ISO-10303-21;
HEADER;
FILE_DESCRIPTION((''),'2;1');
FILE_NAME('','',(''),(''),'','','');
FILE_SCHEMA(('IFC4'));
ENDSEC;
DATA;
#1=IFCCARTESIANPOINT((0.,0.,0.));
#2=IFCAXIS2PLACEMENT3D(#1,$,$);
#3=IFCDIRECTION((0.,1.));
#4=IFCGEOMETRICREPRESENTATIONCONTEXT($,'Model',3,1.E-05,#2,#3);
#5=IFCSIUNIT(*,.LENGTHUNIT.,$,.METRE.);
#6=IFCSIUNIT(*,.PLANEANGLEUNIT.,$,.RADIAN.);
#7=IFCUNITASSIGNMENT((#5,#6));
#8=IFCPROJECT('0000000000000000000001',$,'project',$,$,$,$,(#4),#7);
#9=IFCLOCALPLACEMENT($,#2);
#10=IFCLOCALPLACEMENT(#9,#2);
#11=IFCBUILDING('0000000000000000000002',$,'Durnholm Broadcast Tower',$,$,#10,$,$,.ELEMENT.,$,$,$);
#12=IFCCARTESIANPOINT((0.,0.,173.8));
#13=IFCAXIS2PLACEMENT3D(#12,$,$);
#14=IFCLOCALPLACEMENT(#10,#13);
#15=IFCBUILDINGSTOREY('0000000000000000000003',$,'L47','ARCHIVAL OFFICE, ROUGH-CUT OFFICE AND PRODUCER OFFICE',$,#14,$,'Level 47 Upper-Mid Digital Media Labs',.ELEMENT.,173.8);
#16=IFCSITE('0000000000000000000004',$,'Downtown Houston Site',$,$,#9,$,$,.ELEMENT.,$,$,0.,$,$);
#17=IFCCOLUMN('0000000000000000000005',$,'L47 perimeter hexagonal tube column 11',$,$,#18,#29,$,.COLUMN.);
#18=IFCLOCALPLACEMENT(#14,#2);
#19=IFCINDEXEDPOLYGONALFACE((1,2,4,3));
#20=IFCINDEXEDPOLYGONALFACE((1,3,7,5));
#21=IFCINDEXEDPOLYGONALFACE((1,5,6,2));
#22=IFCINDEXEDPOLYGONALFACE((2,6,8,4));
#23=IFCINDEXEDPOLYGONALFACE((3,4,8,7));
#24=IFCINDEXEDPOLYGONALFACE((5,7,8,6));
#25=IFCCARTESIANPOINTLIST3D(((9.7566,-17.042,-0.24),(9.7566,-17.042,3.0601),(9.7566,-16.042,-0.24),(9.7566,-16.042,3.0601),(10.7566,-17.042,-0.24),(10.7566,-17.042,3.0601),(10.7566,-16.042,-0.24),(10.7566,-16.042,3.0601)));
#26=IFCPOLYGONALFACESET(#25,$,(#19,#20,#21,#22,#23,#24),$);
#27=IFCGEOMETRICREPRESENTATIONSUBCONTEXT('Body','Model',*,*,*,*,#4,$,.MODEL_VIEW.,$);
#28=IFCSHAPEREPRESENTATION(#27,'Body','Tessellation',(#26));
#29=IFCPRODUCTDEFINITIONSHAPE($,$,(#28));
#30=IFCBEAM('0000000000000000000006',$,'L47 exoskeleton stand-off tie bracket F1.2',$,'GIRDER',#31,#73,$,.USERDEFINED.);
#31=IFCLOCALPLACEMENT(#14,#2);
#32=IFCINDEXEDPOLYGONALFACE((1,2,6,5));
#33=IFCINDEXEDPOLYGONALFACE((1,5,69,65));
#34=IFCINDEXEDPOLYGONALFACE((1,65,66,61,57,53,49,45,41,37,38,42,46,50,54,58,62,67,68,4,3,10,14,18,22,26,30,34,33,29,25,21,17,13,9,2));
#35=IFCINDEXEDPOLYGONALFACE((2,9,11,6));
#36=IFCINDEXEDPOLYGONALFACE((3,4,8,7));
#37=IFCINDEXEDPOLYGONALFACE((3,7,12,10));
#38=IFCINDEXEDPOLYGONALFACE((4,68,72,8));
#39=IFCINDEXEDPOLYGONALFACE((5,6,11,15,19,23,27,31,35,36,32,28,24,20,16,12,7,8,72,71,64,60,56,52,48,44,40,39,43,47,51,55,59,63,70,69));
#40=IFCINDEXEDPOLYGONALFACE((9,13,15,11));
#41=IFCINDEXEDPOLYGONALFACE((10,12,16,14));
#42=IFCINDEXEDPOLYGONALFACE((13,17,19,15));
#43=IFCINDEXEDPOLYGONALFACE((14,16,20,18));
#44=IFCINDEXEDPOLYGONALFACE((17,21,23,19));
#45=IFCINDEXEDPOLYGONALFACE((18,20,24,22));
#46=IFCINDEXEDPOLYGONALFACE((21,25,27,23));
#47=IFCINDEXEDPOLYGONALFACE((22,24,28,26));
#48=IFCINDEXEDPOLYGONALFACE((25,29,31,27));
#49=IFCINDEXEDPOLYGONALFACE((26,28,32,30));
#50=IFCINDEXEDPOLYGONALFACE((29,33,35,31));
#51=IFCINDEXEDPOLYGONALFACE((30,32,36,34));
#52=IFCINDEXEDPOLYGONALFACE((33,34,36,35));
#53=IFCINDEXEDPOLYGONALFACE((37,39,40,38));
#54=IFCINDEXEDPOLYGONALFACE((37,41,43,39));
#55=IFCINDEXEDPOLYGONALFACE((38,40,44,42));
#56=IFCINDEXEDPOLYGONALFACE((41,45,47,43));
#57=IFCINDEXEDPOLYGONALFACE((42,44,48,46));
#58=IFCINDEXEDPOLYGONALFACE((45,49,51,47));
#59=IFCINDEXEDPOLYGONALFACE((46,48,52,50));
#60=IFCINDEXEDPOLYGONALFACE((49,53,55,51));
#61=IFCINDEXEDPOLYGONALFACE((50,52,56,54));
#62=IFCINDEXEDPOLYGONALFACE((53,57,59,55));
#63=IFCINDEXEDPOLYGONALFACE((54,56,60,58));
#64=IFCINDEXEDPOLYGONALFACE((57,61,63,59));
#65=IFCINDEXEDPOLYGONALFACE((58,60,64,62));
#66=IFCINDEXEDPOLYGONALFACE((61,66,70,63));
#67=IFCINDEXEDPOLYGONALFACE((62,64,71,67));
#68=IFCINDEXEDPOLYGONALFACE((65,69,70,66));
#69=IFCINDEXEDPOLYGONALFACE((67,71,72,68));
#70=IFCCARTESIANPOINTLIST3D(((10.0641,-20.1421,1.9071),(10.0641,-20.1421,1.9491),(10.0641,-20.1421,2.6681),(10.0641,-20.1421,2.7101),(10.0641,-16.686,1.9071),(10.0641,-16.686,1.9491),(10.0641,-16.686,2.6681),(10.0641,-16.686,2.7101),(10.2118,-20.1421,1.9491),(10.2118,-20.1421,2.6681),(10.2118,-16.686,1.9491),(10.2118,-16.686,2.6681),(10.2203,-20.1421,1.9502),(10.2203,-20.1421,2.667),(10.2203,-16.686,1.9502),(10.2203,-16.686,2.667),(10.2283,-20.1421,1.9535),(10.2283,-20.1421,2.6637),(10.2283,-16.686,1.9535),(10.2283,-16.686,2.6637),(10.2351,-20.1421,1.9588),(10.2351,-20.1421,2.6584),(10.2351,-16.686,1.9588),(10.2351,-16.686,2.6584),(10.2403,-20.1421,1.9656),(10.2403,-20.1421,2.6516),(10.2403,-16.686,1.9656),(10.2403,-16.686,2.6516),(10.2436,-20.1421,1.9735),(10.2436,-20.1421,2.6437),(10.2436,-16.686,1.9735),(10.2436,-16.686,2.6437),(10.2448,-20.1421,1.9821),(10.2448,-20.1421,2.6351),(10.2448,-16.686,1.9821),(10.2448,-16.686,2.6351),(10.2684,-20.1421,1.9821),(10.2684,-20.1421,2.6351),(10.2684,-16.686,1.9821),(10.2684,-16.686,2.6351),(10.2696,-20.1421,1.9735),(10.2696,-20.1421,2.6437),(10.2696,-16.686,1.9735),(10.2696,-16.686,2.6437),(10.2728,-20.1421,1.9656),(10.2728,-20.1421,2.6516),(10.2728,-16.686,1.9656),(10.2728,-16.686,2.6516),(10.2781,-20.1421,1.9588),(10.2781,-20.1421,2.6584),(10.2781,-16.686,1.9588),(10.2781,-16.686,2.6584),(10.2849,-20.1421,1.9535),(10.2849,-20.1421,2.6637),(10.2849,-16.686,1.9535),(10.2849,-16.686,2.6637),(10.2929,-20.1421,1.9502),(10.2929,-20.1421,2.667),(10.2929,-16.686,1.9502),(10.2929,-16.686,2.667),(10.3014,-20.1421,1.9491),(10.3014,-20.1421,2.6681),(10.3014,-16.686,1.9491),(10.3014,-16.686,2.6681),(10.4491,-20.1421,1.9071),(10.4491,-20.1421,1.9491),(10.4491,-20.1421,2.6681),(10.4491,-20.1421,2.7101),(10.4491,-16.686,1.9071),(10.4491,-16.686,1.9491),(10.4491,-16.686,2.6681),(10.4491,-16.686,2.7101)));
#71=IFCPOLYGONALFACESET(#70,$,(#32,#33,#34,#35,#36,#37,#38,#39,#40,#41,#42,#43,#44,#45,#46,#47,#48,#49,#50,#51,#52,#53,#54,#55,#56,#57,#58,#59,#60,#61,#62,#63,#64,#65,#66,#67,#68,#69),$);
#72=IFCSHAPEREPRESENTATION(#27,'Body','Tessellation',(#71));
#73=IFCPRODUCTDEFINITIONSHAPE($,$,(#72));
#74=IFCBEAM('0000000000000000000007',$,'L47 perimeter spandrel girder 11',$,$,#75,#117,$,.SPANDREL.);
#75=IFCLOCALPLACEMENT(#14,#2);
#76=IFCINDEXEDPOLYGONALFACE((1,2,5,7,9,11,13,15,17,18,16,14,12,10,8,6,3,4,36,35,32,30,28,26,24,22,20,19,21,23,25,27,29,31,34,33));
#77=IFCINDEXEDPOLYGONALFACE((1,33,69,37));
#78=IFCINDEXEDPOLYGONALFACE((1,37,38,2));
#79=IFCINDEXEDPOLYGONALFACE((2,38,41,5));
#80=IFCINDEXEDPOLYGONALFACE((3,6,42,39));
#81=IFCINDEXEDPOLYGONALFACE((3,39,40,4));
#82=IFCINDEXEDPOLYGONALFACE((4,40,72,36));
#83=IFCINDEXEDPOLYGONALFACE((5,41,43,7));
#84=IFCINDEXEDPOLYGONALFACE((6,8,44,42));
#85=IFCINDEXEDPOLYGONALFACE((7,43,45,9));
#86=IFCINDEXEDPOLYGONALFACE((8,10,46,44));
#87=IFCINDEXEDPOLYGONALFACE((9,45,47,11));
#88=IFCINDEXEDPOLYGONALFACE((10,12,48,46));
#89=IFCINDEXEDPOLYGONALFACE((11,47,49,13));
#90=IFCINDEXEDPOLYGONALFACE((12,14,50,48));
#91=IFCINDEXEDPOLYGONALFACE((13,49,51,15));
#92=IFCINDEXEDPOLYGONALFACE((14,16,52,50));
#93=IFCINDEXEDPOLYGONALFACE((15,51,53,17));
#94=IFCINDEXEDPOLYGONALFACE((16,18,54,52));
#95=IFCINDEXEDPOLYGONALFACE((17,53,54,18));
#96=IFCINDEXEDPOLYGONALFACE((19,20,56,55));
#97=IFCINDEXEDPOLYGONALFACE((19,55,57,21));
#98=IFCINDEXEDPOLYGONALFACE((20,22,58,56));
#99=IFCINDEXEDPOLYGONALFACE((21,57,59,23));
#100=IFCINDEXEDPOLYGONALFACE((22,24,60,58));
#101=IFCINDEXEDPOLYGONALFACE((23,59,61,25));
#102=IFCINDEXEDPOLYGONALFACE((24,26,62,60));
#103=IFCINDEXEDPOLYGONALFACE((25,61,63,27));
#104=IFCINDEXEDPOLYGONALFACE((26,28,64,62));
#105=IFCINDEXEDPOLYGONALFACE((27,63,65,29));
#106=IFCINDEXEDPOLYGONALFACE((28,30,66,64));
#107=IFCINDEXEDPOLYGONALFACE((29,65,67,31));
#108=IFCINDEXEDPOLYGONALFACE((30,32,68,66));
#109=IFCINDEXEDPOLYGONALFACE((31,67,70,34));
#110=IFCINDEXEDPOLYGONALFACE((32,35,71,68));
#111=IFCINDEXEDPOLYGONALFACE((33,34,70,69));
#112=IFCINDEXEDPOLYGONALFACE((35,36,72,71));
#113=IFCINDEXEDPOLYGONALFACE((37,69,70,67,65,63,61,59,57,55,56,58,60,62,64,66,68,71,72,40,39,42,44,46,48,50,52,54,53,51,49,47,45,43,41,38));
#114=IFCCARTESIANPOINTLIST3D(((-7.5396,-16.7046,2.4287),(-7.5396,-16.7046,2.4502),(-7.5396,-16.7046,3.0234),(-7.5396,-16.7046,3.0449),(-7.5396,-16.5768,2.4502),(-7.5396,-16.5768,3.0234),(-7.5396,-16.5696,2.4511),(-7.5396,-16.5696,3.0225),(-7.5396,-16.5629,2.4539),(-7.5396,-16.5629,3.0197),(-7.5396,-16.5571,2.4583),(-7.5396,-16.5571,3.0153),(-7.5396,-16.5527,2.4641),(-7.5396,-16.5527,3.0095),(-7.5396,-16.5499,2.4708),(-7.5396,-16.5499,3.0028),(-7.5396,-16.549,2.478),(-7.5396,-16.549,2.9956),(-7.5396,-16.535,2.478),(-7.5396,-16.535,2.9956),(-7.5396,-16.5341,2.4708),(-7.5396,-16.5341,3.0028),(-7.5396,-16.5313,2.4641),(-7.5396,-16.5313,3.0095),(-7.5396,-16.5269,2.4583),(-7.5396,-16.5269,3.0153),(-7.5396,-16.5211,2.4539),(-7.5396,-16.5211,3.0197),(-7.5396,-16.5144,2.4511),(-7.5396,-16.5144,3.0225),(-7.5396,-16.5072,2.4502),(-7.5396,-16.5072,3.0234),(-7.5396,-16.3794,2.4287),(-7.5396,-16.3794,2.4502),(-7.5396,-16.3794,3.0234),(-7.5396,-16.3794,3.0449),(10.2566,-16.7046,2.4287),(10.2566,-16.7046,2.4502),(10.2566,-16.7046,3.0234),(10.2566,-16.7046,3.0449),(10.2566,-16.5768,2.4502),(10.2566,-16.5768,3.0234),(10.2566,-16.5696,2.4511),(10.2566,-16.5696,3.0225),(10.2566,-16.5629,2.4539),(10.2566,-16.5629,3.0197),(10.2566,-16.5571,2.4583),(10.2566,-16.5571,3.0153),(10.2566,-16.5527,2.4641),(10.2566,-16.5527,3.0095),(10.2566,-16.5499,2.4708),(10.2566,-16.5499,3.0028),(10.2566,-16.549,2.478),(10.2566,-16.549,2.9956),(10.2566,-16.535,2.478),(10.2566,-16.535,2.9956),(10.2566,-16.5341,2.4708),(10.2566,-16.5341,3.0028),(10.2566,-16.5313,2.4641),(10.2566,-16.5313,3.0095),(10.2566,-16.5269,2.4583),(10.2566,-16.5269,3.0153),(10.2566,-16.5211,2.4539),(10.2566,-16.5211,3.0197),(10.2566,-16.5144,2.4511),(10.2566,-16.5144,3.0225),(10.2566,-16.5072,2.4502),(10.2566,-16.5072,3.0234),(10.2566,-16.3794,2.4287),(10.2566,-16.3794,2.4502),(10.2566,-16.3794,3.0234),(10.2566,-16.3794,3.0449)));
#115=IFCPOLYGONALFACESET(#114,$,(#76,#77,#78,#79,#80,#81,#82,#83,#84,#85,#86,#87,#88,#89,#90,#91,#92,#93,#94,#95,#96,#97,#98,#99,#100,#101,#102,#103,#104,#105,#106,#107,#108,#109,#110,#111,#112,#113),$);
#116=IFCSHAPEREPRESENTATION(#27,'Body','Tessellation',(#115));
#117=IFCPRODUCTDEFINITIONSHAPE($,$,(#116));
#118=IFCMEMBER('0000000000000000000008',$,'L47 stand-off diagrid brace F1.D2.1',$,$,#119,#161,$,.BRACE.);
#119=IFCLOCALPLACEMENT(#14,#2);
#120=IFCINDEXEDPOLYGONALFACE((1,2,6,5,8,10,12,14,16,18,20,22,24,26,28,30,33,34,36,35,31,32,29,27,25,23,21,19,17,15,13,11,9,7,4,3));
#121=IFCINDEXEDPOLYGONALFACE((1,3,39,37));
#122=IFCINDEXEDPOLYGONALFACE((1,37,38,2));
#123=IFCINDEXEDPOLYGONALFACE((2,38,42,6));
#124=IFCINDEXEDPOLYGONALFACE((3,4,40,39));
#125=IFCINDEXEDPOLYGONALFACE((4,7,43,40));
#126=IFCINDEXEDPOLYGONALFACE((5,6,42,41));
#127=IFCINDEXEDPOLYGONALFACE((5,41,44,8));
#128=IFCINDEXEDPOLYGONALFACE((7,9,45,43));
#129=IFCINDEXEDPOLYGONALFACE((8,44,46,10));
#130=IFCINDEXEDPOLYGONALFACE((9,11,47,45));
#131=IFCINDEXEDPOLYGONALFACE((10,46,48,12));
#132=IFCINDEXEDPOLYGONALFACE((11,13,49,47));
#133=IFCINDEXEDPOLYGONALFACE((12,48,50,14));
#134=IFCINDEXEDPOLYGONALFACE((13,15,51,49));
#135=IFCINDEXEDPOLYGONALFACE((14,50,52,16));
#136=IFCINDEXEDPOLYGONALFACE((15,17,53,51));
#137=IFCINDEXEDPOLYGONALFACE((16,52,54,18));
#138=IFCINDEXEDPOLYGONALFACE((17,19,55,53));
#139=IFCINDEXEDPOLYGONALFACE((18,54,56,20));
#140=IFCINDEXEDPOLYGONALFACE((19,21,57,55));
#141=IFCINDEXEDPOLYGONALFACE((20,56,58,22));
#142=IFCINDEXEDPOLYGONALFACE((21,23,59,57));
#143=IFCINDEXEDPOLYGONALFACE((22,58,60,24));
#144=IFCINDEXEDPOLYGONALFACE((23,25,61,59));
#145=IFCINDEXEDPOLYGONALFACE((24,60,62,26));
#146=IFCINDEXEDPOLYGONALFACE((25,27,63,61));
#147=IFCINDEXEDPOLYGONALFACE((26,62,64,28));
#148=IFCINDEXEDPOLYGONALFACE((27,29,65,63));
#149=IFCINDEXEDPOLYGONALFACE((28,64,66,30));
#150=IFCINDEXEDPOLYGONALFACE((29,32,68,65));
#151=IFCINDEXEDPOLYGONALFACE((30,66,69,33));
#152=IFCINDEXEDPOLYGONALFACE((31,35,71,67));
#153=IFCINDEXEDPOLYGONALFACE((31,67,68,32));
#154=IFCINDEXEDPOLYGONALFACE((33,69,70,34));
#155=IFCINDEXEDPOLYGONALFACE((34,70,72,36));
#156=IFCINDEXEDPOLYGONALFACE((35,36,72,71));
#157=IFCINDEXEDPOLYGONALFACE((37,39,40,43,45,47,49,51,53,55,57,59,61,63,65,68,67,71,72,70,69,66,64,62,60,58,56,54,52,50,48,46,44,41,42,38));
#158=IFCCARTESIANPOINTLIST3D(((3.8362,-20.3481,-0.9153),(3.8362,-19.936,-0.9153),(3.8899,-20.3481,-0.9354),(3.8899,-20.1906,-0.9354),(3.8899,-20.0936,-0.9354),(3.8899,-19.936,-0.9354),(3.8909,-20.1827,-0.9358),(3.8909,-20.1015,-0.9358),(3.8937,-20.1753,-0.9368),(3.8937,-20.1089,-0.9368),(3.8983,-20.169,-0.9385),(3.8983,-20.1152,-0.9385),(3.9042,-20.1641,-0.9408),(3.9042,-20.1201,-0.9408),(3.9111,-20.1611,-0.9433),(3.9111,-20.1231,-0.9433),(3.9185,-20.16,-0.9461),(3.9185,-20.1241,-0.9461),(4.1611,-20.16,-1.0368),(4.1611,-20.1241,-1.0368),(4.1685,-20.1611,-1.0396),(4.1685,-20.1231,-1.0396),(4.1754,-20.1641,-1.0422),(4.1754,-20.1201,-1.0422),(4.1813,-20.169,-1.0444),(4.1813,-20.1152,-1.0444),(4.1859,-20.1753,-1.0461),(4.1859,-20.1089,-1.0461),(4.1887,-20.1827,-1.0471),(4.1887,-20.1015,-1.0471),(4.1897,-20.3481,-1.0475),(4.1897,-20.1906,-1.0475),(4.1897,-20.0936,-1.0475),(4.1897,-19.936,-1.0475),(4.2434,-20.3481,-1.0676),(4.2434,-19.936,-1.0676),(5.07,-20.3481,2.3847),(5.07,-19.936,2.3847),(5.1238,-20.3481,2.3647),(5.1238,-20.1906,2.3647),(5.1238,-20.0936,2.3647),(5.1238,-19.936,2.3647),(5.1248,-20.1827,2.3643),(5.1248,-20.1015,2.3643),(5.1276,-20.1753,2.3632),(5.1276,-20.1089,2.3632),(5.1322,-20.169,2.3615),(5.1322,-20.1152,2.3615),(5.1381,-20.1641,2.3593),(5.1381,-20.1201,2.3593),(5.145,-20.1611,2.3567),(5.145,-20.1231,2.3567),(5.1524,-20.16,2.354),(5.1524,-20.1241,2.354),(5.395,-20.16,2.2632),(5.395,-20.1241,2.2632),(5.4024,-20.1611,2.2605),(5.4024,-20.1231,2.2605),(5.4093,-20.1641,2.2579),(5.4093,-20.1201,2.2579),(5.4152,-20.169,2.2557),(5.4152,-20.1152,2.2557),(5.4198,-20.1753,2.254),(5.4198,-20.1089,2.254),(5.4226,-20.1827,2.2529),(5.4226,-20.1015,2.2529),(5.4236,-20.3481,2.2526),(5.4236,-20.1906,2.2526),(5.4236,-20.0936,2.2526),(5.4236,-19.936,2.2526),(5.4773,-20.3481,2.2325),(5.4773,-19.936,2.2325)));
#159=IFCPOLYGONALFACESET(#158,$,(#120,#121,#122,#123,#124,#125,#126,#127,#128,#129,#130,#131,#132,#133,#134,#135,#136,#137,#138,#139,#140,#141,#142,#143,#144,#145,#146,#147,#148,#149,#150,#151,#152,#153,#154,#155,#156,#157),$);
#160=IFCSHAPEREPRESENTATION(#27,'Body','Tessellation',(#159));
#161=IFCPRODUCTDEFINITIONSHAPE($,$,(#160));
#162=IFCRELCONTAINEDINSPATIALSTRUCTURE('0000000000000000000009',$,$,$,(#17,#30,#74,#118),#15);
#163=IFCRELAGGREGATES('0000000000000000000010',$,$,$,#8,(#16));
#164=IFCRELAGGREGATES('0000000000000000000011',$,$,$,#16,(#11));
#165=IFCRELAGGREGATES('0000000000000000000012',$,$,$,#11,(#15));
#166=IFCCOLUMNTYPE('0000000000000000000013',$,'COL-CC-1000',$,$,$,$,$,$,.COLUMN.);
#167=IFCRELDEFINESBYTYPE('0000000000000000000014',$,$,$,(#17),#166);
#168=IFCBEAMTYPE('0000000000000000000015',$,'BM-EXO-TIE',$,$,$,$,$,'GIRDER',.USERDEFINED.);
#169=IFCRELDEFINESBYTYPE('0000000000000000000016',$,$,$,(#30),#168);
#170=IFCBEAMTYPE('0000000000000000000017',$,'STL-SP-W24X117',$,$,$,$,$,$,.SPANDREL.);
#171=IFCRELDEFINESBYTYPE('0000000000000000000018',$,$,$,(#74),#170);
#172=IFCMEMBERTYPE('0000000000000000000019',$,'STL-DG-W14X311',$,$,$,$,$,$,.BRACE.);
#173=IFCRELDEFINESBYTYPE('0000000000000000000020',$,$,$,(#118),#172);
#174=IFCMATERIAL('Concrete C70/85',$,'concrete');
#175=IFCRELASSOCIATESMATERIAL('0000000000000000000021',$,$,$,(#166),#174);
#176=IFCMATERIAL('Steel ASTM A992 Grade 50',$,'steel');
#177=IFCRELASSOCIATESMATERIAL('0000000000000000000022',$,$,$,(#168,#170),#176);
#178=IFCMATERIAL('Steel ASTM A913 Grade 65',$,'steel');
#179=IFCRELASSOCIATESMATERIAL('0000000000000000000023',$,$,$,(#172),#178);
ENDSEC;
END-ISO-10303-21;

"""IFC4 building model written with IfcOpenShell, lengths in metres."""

from ifc_helpers import new_model, si_unit, direction, frame, origin, origin_2d, place, context, subcontext, project, spatial, rectangle, i_section, extrude, source, transform, mapped, material, material_profile, profile_set, type_object, type_shapes, element, save


model = new_model("IFC4")

# Units and contexts
model_context = context("Model", 3, precision=1e-05, world=origin(), true_north=direction((0.0, 1.0)))
body_context = subcontext(model_context, "Body", "Model", "MODEL_VIEW")
ifc_project = project(units=[si_unit("LENGTHUNIT", "METRE"), si_unit("PLANEANGLEUNIT", "RADIAN")], contexts=[model_context])

# Site, building, storey
site_placement = place(None, origin())
site = spatial("IfcSite", under=ifc_project, at=site_placement, Name="Downtown Houston Site", CompositionType="ELEMENT", RefElevation=0.0)
building_placement = place(site_placement, origin())
building = spatial("IfcBuilding", under=site, at=building_placement, Name="Durnholm Broadcast Tower", CompositionType="ELEMENT")
storey_placement = place(building_placement, frame((0.0, 0.0, 173.8)))
storey = spatial("IfcBuildingStorey", under=building, at=storey_placement, Name="L47", Description="ARCHIVAL OFFICE, ROUGH-CUT OFFICE AND PRODUCER OFFICE", LongName="Level 47 Upper-Mid Digital Media Labs", CompositionType="ELEMENT", Elevation=173.8)

# Column
ifc_material_1 = material(Name="Concrete C70/85", Category="concrete")
ifc_material_profile_1 = material_profile(ifc_material_1, rectangle(XDim=1.0, YDim=1.0, at=origin_2d()), Name="RC1000X1000")
ifc_profile_set_1 = profile_set([ifc_material_profile_1], Name="Concrete C70/85")
column_type = type_object("IfcColumnType", Name="COL-CC-1000", PredefinedType="COLUMN", material=ifc_profile_set_1)
shared_shape_1 = source(origin(), body_context, "Body", "SweptSolid", [
    extrude(rectangle(XDim=1.0, YDim=1.0, at=origin_2d()), origin(), (0.0, 0.0, 1.0), 3.3),
])
type_shapes(column_type, [shared_shape_1])
column_placement = place(storey_placement, frame((10.2566, -16.542, -0.24), z_axis=(0.0, 0.0, 1.0), x_axis=(1.0, 0.0, 0.0)))
element("IfcColumn", 1, at=column_placement, inside=storey, type_object=column_type, Name="L47 perimeter hexagonal tube column 11", PredefinedType="COLUMN", context=body_context, shape_type="MappedRepresentation", body=[
    mapped(shared_shape_1, transform((0.0, 0.0, 0.0), x_axis=(1.0, 0.0, 0.0), y_axis=(0.0, 1.0, 0.0), z_axis=(0.0, 0.0, 1.0), scale=1.0)),
])

# Beams
ifc_material_2 = material(Name="Steel ASTM A992 Grade 50", Category="steel")
ifc_material_profile_2 = material_profile(ifc_material_2, i_section(OverallWidth=0.385, OverallDepth=0.803, WebThickness=0.0237, FlangeThickness=0.042, FilletRadius=0.033, at=origin_2d()), Name="W30X261")
ifc_profile_set_2 = profile_set([ifc_material_profile_2], Name="Steel ASTM A992 Grade 50")
beam_type_1 = type_object("IfcBeamType", Name="BM-EXO-TIE", ElementType="GIRDER", PredefinedType="USERDEFINED", material=ifc_profile_set_2)
shared_shape_2 = source(origin(), body_context, "Body", "SweptSolid", [
    extrude(i_section(OverallWidth=0.385, OverallDepth=0.803, WebThickness=0.0237, FlangeThickness=0.042, FilletRadius=0.033, at=origin_2d()), origin(), (0.0, 0.0, 1.0), 3.4561),
])
type_shapes(beam_type_1, [shared_shape_2])
beam_1_placement = place(storey_placement, frame((10.2566, -16.686, 2.3086), z_axis=(0.0, -1.0, 0.0), x_axis=(1.0, 0.0, 0.0)))
element("IfcBeam", 2, at=beam_1_placement, inside=storey, type_object=beam_type_1, Name="L47 exoskeleton stand-off tie bracket F1.2", ObjectType="GIRDER", PredefinedType="USERDEFINED", context=body_context, shape_type="MappedRepresentation", body=[
    mapped(shared_shape_2, transform((0.0, 0.0, 0.0), x_axis=(1.0, 0.0, 0.0), y_axis=(0.0, 1.0, 0.0), z_axis=(0.0, 0.0, 1.0), scale=1.0)),
])
ifc_material_profile_3 = material_profile(ifc_material_2, i_section(OverallWidth=0.3252, OverallDepth=0.6162, WebThickness=0.0139, FlangeThickness=0.0215, FilletRadius=0.0278, at=origin_2d()), Name="W24X117")
ifc_profile_set_3 = profile_set([ifc_material_profile_3], Name="Steel ASTM A992 Grade 50")
beam_type_2 = type_object("IfcBeamType", Name="STL-SP-W24X117", PredefinedType="SPANDREL", material=ifc_profile_set_3)
shared_shape_3 = source(origin(), body_context, "Body", "SweptSolid", [
    extrude(i_section(OverallWidth=0.3252, OverallDepth=0.6162, WebThickness=0.0139, FlangeThickness=0.0215, FilletRadius=0.0278, at=origin_2d()), origin(), (0.0, 0.0, 1.0), 17.7961),
])
type_shapes(beam_type_2, [shared_shape_3])
beam_2_placement = place(storey_placement, frame((10.2566, -16.542, 2.7368), z_axis=(-1.0, 0.0, 0.0), x_axis=(0.0, -1.0, 0.0)))
element("IfcBeam", 3, at=beam_2_placement, inside=storey, type_object=beam_type_2, Name="L47 perimeter spandrel girder 11", PredefinedType="SPANDREL", context=body_context, shape_type="MappedRepresentation", body=[
    mapped(shared_shape_3, transform((0.0, 0.0, 0.0), x_axis=(1.0, 0.0, 0.0), y_axis=(0.0, 1.0, 0.0), z_axis=(0.0, 0.0, 1.0), scale=1.0)),
])

# Member
ifc_material_3 = material(Name="Steel ASTM A913 Grade 65", Category="steel")
ifc_material_profile_4 = material_profile(ifc_material_3, i_section(OverallWidth=0.4121, OverallDepth=0.4348, WebThickness=0.0359, FlangeThickness=0.0574, FilletRadius=0.0305, at=origin_2d()), Name="W14X311")
ifc_profile_set_4 = profile_set([ifc_material_profile_4], Name="Steel ASTM A913 Grade 65")
member_type_1 = type_object("IfcMemberType", Name="STL-DG-W14X311", PredefinedType="BRACE", material=ifc_profile_set_4)
shared_shape_4 = source(origin(), body_context, "Body", "SweptSolid", [
    extrude(i_section(OverallWidth=0.4121, OverallDepth=0.4348, WebThickness=0.0359, FlangeThickness=0.0574, FilletRadius=0.0305, at=origin_2d()), origin(), (0.0, 0.0, 1.0), 3.5232),
])
type_shapes(member_type_1, [shared_shape_4])
for number, where, z_axis, x_axis, name in (
    (4, (4.0398, -20.1421, -0.9915), (0.35022, 0.0, 0.936668), (0.0, 1.0, 0.0), "L47 stand-off diagrid brace F1.D2.1"),
):
    element("IfcMember", number, at=place(storey_placement, frame(where, z_axis=z_axis, x_axis=x_axis)), inside=storey, type_object=member_type_1, Name=name, PredefinedType="BRACE", context=body_context, shape_type="MappedRepresentation", body=[
        mapped(shared_shape_4, transform((0.0, 0.0, 0.0), x_axis=(1.0, 0.0, 0.0), y_axis=(0.0, 1.0, 0.0), z_axis=(0.0, 0.0, 1.0), scale=1.0)),
    ])

save(model, "model.ifc")
